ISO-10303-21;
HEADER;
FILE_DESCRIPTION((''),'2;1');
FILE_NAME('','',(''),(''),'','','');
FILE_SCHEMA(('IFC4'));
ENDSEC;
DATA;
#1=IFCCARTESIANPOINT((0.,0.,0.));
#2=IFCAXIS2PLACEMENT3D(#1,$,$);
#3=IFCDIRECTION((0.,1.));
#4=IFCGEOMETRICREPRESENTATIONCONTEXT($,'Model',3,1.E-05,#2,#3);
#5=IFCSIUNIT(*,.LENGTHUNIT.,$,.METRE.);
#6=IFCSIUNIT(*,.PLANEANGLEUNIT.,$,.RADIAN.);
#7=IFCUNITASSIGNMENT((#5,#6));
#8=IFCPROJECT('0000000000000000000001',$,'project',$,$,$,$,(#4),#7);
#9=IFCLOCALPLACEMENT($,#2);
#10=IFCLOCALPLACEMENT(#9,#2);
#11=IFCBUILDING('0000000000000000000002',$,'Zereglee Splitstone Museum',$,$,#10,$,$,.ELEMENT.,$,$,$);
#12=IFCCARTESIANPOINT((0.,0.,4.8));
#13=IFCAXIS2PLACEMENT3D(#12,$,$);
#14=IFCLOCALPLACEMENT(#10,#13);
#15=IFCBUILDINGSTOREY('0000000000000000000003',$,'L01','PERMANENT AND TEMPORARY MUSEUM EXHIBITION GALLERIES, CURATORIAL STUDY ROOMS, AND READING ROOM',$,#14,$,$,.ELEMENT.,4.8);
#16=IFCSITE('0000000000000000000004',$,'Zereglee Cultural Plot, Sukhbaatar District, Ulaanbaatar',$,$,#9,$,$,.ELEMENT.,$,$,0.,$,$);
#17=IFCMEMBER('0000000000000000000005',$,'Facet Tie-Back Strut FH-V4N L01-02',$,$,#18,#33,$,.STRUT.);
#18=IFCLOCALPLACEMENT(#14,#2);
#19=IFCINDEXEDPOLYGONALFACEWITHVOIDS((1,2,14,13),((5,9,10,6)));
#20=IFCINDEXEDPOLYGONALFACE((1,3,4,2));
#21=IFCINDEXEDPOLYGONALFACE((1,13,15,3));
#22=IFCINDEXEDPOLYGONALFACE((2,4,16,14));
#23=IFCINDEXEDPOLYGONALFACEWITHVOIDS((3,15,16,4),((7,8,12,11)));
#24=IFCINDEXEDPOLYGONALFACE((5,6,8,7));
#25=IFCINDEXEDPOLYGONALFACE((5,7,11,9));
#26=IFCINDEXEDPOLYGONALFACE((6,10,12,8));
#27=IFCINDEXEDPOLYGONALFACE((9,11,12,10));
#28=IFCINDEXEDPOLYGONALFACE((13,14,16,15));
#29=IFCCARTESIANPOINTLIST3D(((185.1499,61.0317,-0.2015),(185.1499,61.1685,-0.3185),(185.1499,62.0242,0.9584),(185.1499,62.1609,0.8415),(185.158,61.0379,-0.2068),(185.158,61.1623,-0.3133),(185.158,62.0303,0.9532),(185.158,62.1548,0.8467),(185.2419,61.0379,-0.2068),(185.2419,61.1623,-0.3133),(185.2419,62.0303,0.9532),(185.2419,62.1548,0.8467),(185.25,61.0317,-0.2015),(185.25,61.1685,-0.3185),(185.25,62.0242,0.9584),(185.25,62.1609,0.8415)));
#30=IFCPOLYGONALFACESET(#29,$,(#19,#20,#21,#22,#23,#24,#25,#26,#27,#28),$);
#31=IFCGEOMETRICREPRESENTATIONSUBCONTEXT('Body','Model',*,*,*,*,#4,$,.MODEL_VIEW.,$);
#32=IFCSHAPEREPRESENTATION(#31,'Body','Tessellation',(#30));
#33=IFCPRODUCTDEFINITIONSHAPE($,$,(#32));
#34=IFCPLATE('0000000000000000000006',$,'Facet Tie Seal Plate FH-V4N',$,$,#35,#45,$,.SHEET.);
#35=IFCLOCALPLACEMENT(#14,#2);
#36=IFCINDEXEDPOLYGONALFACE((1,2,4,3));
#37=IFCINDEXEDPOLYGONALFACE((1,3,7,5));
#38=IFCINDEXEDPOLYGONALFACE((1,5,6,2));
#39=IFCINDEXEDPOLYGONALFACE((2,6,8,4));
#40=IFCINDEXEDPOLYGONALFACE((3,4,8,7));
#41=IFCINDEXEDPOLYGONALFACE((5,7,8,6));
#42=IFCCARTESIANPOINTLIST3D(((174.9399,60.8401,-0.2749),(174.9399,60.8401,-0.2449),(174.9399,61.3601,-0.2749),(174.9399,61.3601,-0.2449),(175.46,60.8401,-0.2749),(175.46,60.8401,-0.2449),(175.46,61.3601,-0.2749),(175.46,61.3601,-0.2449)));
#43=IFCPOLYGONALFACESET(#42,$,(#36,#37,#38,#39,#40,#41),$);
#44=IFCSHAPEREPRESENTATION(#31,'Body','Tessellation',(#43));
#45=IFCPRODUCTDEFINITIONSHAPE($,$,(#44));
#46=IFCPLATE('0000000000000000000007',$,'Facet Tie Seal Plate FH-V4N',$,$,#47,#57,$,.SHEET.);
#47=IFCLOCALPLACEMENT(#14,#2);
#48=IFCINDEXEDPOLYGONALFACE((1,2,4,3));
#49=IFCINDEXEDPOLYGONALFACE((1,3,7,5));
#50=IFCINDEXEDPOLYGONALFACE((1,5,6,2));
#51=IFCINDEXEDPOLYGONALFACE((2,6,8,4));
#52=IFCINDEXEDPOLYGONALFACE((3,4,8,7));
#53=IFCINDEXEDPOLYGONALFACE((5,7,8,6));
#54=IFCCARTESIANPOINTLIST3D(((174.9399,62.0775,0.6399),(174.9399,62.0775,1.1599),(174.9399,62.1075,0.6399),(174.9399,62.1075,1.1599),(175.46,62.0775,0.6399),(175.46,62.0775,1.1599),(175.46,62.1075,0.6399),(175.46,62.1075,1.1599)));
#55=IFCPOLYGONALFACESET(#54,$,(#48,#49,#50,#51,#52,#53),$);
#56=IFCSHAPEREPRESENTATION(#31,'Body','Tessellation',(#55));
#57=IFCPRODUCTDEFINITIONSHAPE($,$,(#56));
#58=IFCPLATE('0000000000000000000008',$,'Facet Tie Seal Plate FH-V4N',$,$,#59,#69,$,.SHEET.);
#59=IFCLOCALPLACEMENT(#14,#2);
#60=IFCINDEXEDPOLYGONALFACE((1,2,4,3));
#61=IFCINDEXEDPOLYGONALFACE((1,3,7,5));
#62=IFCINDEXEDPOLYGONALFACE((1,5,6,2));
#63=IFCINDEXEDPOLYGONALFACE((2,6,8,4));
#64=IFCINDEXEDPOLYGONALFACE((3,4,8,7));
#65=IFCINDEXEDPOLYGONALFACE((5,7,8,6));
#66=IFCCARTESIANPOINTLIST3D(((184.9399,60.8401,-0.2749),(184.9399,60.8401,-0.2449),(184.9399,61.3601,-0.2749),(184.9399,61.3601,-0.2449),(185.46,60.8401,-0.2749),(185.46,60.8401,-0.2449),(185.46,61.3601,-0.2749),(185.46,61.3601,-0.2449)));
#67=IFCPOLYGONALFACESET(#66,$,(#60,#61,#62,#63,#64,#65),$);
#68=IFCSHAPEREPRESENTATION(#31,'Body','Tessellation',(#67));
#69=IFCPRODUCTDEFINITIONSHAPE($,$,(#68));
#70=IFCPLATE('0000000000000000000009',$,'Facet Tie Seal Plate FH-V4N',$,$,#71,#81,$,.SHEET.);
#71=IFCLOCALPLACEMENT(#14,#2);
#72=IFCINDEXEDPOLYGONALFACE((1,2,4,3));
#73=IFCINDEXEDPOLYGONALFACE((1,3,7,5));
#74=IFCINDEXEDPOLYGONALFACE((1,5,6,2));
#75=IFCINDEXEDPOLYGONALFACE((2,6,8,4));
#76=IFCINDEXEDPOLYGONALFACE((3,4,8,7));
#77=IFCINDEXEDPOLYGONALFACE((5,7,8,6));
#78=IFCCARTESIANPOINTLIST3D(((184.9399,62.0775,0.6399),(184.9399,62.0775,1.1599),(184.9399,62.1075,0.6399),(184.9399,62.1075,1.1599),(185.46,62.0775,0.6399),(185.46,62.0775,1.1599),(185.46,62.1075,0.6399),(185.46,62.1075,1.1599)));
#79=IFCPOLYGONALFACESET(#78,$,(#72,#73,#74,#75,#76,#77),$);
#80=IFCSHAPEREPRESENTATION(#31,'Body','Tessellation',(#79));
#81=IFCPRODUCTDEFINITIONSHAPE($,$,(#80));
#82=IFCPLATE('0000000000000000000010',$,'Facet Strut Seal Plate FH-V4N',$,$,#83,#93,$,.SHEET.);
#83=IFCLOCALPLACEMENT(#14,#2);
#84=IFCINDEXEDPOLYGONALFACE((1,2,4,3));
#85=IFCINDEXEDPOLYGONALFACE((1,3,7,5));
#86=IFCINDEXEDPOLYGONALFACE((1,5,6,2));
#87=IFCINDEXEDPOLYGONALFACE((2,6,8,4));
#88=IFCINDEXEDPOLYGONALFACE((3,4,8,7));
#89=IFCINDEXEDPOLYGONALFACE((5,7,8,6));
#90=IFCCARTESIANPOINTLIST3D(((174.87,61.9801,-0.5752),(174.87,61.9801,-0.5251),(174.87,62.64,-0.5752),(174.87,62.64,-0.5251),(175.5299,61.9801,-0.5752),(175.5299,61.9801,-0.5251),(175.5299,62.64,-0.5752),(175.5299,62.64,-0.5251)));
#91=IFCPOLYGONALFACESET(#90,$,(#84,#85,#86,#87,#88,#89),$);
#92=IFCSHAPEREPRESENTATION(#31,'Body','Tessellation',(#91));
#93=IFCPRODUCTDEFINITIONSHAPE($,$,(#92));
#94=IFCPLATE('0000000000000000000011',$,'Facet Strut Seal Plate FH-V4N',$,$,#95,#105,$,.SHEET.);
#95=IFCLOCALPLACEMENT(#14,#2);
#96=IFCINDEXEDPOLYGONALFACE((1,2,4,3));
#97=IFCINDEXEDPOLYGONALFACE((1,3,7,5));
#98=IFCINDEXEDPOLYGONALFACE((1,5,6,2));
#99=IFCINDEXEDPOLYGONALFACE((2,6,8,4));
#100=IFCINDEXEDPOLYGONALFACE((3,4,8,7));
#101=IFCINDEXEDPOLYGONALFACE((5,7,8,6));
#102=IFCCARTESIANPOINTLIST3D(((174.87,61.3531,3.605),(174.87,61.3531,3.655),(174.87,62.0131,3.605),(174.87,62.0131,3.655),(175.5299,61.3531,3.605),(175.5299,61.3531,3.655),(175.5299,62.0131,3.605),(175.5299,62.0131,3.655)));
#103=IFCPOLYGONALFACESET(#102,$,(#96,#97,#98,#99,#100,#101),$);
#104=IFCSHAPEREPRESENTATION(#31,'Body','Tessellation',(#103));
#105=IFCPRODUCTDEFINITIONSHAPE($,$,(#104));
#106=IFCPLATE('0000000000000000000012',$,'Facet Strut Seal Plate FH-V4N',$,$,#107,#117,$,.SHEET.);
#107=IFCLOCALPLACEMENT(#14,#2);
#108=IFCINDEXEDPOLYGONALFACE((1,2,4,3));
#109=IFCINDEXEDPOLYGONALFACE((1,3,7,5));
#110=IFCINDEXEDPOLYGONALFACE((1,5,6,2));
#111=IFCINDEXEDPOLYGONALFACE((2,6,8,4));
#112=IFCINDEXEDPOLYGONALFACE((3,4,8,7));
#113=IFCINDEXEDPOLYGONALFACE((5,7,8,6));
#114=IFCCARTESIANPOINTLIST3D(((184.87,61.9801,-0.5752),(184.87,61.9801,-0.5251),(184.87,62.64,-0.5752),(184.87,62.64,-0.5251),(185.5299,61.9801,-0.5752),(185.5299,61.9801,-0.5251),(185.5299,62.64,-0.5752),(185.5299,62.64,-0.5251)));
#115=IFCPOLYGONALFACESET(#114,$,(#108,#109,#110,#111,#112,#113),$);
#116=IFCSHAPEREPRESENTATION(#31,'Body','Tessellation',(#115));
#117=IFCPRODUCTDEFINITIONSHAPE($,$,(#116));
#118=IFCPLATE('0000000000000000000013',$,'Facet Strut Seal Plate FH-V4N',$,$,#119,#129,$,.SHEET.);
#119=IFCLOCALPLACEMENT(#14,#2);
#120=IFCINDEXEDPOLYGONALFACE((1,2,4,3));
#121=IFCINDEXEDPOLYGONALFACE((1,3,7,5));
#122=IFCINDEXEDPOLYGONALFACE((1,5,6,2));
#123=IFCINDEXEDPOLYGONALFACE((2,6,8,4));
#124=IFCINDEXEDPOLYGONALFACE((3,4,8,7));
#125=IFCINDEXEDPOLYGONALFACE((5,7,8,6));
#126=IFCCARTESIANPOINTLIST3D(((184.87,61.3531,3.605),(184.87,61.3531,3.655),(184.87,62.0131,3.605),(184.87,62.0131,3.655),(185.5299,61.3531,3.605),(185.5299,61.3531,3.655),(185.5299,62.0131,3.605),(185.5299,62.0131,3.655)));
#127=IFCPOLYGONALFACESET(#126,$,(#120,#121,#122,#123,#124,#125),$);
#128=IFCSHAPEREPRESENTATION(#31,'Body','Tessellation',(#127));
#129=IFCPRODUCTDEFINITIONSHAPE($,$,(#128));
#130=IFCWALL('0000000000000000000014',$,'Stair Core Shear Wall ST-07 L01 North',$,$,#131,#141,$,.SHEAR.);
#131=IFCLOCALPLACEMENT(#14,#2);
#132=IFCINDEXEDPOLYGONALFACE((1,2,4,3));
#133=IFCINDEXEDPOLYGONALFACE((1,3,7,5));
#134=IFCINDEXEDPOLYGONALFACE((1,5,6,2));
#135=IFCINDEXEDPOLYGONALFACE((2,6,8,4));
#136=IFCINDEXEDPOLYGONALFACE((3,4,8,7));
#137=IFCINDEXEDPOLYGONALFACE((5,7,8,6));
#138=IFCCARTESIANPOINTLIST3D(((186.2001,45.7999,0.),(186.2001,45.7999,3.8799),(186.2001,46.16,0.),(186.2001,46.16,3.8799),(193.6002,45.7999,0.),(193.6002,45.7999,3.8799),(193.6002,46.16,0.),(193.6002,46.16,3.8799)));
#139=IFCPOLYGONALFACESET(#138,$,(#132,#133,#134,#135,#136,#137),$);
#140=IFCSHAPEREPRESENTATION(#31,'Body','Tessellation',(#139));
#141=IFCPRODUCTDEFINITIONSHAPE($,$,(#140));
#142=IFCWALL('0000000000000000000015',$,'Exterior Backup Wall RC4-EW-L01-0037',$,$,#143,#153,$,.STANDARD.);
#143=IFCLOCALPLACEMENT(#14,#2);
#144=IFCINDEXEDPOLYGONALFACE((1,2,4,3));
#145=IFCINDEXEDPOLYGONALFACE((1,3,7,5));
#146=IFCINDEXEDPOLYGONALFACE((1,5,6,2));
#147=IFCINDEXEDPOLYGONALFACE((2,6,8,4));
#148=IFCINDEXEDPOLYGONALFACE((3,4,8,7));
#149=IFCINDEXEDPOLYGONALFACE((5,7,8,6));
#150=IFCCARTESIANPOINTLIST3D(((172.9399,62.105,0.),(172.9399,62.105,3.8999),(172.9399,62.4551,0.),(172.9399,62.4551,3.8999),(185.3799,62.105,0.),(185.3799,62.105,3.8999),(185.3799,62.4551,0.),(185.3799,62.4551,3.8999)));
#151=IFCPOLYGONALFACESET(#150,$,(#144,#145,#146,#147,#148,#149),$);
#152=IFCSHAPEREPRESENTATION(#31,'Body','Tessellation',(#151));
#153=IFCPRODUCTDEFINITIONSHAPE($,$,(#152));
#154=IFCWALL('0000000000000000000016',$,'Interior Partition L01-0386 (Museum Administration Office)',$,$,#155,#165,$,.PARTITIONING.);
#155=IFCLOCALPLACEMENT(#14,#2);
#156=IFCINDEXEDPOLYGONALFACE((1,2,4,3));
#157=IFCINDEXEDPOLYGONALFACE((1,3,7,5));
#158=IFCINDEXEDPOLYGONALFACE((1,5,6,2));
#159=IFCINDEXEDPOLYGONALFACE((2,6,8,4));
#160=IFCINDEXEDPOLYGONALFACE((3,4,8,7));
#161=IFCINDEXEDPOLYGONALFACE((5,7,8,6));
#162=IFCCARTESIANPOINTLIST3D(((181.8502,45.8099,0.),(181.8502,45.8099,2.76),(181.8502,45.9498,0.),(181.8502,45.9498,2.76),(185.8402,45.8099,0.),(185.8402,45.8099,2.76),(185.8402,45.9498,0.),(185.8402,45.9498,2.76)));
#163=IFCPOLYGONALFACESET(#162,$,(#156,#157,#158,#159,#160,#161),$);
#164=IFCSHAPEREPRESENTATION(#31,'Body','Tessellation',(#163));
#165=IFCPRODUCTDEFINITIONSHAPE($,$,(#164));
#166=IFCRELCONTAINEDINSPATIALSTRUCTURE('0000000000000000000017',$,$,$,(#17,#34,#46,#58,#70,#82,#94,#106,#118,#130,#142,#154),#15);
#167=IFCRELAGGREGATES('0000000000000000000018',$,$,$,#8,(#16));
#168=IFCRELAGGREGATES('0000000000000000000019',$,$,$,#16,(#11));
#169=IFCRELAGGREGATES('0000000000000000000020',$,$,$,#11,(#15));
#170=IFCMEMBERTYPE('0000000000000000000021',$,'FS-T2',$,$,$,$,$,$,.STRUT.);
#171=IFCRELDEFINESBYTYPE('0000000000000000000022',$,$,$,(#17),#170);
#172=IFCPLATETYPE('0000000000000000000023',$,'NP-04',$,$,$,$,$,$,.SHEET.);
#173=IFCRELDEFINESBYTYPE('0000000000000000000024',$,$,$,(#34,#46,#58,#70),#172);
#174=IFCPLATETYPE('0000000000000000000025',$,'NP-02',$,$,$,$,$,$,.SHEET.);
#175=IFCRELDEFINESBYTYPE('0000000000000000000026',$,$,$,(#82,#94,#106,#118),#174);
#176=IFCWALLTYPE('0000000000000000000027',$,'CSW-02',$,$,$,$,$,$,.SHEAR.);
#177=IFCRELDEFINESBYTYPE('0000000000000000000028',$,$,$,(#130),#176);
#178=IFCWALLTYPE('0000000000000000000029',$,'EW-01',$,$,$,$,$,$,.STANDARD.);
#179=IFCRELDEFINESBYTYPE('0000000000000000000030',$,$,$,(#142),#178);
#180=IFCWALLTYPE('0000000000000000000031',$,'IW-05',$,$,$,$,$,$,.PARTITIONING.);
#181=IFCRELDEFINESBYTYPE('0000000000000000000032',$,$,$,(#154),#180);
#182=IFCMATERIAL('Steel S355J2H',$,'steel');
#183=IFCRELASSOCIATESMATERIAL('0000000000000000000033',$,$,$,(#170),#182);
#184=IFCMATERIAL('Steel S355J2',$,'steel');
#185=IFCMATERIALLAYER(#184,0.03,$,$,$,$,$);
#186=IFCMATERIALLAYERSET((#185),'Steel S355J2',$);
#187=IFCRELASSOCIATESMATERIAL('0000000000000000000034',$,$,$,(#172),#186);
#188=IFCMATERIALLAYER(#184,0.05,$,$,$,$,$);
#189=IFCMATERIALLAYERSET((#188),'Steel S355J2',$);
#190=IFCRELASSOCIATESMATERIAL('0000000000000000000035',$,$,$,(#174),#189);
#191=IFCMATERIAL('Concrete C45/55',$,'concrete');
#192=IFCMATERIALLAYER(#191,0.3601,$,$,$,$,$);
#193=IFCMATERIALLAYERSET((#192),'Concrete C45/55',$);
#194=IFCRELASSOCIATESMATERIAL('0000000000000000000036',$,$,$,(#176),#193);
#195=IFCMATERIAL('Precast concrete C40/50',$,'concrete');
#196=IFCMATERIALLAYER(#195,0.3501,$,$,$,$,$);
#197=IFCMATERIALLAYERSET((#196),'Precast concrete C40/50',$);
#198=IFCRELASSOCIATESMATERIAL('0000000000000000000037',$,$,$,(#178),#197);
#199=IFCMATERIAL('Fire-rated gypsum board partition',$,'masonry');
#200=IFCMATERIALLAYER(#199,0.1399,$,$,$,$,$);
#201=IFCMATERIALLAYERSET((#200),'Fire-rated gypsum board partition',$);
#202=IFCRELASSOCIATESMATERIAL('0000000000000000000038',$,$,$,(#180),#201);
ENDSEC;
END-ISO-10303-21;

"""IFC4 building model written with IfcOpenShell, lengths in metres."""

from ifc_helpers import new_model, si_unit, direction, frame, frame_2d, origin, origin_2d, place, context, subcontext, project, spatial, rectangle, hollow_rectangle, extrude, material, layer, layer_set, material_profile, profile_set, type_object, element, save


model = new_model("IFC4")

# Units and contexts
model_context = context("Model", 3, precision=1e-05, world=origin(), true_north=direction((0.0, 1.0)))
body_context = subcontext(model_context, "Body", "Model", "MODEL_VIEW")
ifc_project = project(units=[si_unit("LENGTHUNIT", "METRE"), si_unit("PLANEANGLEUNIT", "RADIAN")], contexts=[model_context])

# Site, building, storey
site_placement = place(None, origin())
site = spatial("IfcSite", under=ifc_project, at=site_placement, Name="Zereglee Cultural Plot, Sukhbaatar District, Ulaanbaatar", CompositionType="ELEMENT", RefElevation=0.0)
building_placement = place(site_placement, origin())
building = spatial("IfcBuilding", under=site, at=building_placement, Name="Zereglee Splitstone Museum", CompositionType="ELEMENT")
storey_placement = place(building_placement, frame((0.0, 0.0, 4.8)))
storey = spatial("IfcBuildingStorey", under=building, at=storey_placement, Name="L01", Description="PERMANENT AND TEMPORARY MUSEUM EXHIBITION GALLERIES, CURATORIAL STUDY ROOMS, AND READING ROOM", CompositionType="ELEMENT", Elevation=4.8)

# Shared definitions
ifc_material_1 = material(Name="Steel S355J2H", Category="steel")
ifc_material_2 = material(Name="Steel S355J2", Category="steel")

# Member
ifc_material_profile_1 = material_profile(ifc_material_1, hollow_rectangle(XDim=0.1001, YDim=0.1799, WallThickness=0.0081, at=origin_2d()), Name="RHS 180x100x8")
ifc_profile_set_1 = profile_set([ifc_material_profile_1], Name="Steel S355J2H")
member_type_1 = type_object("IfcMemberType", Name="FS-T2", PredefinedType="STRUT", material=ifc_profile_set_1)
for number, where, z_axis, x_axis, name in (
    (1, (185.2, 61.1001, -0.26), (0.0, 0.650119, 0.759832), (-1.0, 0.0, 0.0), "Facet Tie-Back Strut FH-V4N L01-02"),
):
    element("IfcMember", number, at=place(storey_placement, frame(where, z_axis=z_axis, x_axis=x_axis)), inside=storey, type_object=member_type_1, Name=name, PredefinedType="STRUT", context=body_context, shape_type="SweptSolid", body=[
        extrude(hollow_rectangle(XDim=0.1001, YDim=0.1799, WallThickness=0.0081, at=origin_2d()), origin(), (0.0, 0.0, 1.0), 1.5266),
    ])

# Plates
ifc_layer_1 = layer(ifc_material_2, 0.03)
ifc_layer_set_1 = layer_set([ifc_layer_1], Name="Steel S355J2")
plate_type_1 = type_object("IfcPlateType", Name="NP-04", PredefinedType="SHEET", material=ifc_layer_set_1)
plate_1_placement = place(storey_placement, frame((175.2, 61.1001, -0.2749), z_axis=(0.0, 0.0, 1.0), x_axis=(1.0, 0.0, 0.0)))
element("IfcPlate", 2, at=plate_1_placement, inside=storey, type_object=plate_type_1, Name="Facet Tie Seal Plate FH-V4N", PredefinedType="SHEET", context=body_context, shape_type="SweptSolid", body=[
    extrude(rectangle(XDim=0.52, YDim=0.52, at=origin_2d()), origin(), (0.0, 0.0, 1.0), 0.03),
])
plate_2_placement = place(storey_placement, frame((175.2, 62.0925, 0.6399), z_axis=(0.0, 0.0, 1.0), x_axis=(1.0, 0.0, 0.0)))
element("IfcPlate", 3, at=plate_2_placement, inside=storey, type_object=plate_type_1, Name="Facet Tie Seal Plate FH-V4N", PredefinedType="SHEET", context=body_context, shape_type="SweptSolid", body=[
    extrude(rectangle(XDim=0.52, YDim=0.03, at=origin_2d()), origin(), (0.0, 0.0, 1.0), 0.52),
])
plate_3_placement = place(storey_placement, frame((185.2, 61.1001, -0.2749), z_axis=(0.0, 0.0, 1.0), x_axis=(1.0, 0.0, 0.0)))
element("IfcPlate", 4, at=plate_3_placement, inside=storey, type_object=plate_type_1, Name="Facet Tie Seal Plate FH-V4N", PredefinedType="SHEET", context=body_context, shape_type="SweptSolid", body=[
    extrude(rectangle(XDim=0.52, YDim=0.52, at=origin_2d()), origin(), (0.0, 0.0, 1.0), 0.03),
])
plate_4_placement = place(storey_placement, frame((185.2, 62.0925, 0.6399), z_axis=(0.0, 0.0, 1.0), x_axis=(1.0, 0.0, 0.0)))
element("IfcPlate", 5, at=plate_4_placement, inside=storey, type_object=plate_type_1, Name="Facet Tie Seal Plate FH-V4N", PredefinedType="SHEET", context=body_context, shape_type="SweptSolid", body=[
    extrude(rectangle(XDim=0.52, YDim=0.03, at=origin_2d()), origin(), (0.0, 0.0, 1.0), 0.52),
])
ifc_layer_2 = layer(ifc_material_2, 0.05)
ifc_layer_set_2 = layer_set([ifc_layer_2], Name="Steel S355J2")
plate_type_2 = type_object("IfcPlateType", Name="NP-02", PredefinedType="SHEET", material=ifc_layer_set_2)
for number, where, z_axis, x_axis, name in (
    (6, (175.2, 62.3101, -0.5752), (0.0, 0.0, 1.0), (1.0, 0.0, 0.0), "Facet Strut Seal Plate FH-V4N"),
    (7, (175.2, 61.6831, 3.605), (0.0, 0.0, 1.0), (1.0, 0.0, 0.0), "Facet Strut Seal Plate FH-V4N"),
    (8, (185.2, 62.3101, -0.5752), (0.0, 0.0, 1.0), (1.0, 0.0, 0.0), "Facet Strut Seal Plate FH-V4N"),
    (9, (185.2, 61.6831, 3.605), (0.0, 0.0, 1.0), (1.0, 0.0, 0.0), "Facet Strut Seal Plate FH-V4N"),
):
    element("IfcPlate", number, at=place(storey_placement, frame(where, z_axis=z_axis, x_axis=x_axis)), inside=storey, type_object=plate_type_2, Name=name, PredefinedType="SHEET", context=body_context, shape_type="SweptSolid", body=[
        extrude(rectangle(XDim=0.6599, YDim=0.6599, at=origin_2d()), origin(), (0.0, 0.0, 1.0), 0.05),
    ])

# Walls
ifc_material_3 = material(Name="Concrete C45/55", Category="concrete")
ifc_layer_3 = layer(ifc_material_3, 0.3601)
ifc_layer_set_3 = layer_set([ifc_layer_3], Name="Concrete C45/55")
wall_type_1 = type_object("IfcWallType", Name="CSW-02", PredefinedType="SHEAR", material=ifc_layer_set_3)
wall_1_placement = place(storey_placement, frame((186.2, 45.98, 0.0), z_axis=(0.0, 0.0, 1.0), x_axis=(1.0, 0.0, 0.0)))
element("IfcWall", 10, at=wall_1_placement, inside=storey, type_object=wall_type_1, Name="Stair Core Shear Wall ST-07 L01 North", PredefinedType="SHEAR", context=body_context, shape_type="SweptSolid", body=[
    extrude(rectangle(XDim=7.4001, YDim=0.3601, at=frame_2d((3.7002, 0.0))), origin(), (0.0, 0.0, 1.0), 3.8799),
])
ifc_material_4 = material(Name="Precast concrete C40/50", Category="concrete")
ifc_layer_4 = layer(ifc_material_4, 0.3501)
ifc_layer_set_4 = layer_set([ifc_layer_4], Name="Precast concrete C40/50")
wall_type_2 = type_object("IfcWallType", Name="EW-01", PredefinedType="STANDARD", material=ifc_layer_set_4)
wall_2_placement = place(storey_placement, frame((185.3799, 62.28, 0.0), z_axis=(0.0, 0.0, 1.0), x_axis=(-1.0, 0.0, 0.0)))
element("IfcWall", 11, at=wall_2_placement, inside=storey, type_object=wall_type_2, Name="Exterior Backup Wall RC4-EW-L01-0037", PredefinedType="STANDARD", context=body_context, shape_type="SweptSolid", body=[
    extrude(rectangle(XDim=12.4399, YDim=0.3501, at=frame_2d((6.22, 0.0))), origin(), (0.0, 0.0, 1.0), 3.8999),
])
ifc_material_5 = material(Name="Fire-rated gypsum board partition", Category="masonry")
ifc_layer_5 = layer(ifc_material_5, 0.1399)
ifc_layer_set_5 = layer_set([ifc_layer_5], Name="Fire-rated gypsum board partition")
wall_type_3 = type_object("IfcWallType", Name="IW-05", PredefinedType="PARTITIONING", material=ifc_layer_set_5)
wall_3_placement = place(storey_placement, frame((181.8501, 45.8799, 0.0), z_axis=(0.0, 0.0, 1.0), x_axis=(1.0, 0.0, 0.0)))
element("IfcWall", 12, at=wall_3_placement, inside=storey, type_object=wall_type_3, Name="Interior Partition L01-0386 (Museum Administration Office)", PredefinedType="PARTITIONING", context=body_context, shape_type="SweptSolid", body=[
    extrude(rectangle(XDim=3.99, YDim=0.1399, at=frame_2d((1.9951, 0.0))), origin(), (0.0, 0.0, 1.0), 2.76),
])

save(model, "model.ifc")
